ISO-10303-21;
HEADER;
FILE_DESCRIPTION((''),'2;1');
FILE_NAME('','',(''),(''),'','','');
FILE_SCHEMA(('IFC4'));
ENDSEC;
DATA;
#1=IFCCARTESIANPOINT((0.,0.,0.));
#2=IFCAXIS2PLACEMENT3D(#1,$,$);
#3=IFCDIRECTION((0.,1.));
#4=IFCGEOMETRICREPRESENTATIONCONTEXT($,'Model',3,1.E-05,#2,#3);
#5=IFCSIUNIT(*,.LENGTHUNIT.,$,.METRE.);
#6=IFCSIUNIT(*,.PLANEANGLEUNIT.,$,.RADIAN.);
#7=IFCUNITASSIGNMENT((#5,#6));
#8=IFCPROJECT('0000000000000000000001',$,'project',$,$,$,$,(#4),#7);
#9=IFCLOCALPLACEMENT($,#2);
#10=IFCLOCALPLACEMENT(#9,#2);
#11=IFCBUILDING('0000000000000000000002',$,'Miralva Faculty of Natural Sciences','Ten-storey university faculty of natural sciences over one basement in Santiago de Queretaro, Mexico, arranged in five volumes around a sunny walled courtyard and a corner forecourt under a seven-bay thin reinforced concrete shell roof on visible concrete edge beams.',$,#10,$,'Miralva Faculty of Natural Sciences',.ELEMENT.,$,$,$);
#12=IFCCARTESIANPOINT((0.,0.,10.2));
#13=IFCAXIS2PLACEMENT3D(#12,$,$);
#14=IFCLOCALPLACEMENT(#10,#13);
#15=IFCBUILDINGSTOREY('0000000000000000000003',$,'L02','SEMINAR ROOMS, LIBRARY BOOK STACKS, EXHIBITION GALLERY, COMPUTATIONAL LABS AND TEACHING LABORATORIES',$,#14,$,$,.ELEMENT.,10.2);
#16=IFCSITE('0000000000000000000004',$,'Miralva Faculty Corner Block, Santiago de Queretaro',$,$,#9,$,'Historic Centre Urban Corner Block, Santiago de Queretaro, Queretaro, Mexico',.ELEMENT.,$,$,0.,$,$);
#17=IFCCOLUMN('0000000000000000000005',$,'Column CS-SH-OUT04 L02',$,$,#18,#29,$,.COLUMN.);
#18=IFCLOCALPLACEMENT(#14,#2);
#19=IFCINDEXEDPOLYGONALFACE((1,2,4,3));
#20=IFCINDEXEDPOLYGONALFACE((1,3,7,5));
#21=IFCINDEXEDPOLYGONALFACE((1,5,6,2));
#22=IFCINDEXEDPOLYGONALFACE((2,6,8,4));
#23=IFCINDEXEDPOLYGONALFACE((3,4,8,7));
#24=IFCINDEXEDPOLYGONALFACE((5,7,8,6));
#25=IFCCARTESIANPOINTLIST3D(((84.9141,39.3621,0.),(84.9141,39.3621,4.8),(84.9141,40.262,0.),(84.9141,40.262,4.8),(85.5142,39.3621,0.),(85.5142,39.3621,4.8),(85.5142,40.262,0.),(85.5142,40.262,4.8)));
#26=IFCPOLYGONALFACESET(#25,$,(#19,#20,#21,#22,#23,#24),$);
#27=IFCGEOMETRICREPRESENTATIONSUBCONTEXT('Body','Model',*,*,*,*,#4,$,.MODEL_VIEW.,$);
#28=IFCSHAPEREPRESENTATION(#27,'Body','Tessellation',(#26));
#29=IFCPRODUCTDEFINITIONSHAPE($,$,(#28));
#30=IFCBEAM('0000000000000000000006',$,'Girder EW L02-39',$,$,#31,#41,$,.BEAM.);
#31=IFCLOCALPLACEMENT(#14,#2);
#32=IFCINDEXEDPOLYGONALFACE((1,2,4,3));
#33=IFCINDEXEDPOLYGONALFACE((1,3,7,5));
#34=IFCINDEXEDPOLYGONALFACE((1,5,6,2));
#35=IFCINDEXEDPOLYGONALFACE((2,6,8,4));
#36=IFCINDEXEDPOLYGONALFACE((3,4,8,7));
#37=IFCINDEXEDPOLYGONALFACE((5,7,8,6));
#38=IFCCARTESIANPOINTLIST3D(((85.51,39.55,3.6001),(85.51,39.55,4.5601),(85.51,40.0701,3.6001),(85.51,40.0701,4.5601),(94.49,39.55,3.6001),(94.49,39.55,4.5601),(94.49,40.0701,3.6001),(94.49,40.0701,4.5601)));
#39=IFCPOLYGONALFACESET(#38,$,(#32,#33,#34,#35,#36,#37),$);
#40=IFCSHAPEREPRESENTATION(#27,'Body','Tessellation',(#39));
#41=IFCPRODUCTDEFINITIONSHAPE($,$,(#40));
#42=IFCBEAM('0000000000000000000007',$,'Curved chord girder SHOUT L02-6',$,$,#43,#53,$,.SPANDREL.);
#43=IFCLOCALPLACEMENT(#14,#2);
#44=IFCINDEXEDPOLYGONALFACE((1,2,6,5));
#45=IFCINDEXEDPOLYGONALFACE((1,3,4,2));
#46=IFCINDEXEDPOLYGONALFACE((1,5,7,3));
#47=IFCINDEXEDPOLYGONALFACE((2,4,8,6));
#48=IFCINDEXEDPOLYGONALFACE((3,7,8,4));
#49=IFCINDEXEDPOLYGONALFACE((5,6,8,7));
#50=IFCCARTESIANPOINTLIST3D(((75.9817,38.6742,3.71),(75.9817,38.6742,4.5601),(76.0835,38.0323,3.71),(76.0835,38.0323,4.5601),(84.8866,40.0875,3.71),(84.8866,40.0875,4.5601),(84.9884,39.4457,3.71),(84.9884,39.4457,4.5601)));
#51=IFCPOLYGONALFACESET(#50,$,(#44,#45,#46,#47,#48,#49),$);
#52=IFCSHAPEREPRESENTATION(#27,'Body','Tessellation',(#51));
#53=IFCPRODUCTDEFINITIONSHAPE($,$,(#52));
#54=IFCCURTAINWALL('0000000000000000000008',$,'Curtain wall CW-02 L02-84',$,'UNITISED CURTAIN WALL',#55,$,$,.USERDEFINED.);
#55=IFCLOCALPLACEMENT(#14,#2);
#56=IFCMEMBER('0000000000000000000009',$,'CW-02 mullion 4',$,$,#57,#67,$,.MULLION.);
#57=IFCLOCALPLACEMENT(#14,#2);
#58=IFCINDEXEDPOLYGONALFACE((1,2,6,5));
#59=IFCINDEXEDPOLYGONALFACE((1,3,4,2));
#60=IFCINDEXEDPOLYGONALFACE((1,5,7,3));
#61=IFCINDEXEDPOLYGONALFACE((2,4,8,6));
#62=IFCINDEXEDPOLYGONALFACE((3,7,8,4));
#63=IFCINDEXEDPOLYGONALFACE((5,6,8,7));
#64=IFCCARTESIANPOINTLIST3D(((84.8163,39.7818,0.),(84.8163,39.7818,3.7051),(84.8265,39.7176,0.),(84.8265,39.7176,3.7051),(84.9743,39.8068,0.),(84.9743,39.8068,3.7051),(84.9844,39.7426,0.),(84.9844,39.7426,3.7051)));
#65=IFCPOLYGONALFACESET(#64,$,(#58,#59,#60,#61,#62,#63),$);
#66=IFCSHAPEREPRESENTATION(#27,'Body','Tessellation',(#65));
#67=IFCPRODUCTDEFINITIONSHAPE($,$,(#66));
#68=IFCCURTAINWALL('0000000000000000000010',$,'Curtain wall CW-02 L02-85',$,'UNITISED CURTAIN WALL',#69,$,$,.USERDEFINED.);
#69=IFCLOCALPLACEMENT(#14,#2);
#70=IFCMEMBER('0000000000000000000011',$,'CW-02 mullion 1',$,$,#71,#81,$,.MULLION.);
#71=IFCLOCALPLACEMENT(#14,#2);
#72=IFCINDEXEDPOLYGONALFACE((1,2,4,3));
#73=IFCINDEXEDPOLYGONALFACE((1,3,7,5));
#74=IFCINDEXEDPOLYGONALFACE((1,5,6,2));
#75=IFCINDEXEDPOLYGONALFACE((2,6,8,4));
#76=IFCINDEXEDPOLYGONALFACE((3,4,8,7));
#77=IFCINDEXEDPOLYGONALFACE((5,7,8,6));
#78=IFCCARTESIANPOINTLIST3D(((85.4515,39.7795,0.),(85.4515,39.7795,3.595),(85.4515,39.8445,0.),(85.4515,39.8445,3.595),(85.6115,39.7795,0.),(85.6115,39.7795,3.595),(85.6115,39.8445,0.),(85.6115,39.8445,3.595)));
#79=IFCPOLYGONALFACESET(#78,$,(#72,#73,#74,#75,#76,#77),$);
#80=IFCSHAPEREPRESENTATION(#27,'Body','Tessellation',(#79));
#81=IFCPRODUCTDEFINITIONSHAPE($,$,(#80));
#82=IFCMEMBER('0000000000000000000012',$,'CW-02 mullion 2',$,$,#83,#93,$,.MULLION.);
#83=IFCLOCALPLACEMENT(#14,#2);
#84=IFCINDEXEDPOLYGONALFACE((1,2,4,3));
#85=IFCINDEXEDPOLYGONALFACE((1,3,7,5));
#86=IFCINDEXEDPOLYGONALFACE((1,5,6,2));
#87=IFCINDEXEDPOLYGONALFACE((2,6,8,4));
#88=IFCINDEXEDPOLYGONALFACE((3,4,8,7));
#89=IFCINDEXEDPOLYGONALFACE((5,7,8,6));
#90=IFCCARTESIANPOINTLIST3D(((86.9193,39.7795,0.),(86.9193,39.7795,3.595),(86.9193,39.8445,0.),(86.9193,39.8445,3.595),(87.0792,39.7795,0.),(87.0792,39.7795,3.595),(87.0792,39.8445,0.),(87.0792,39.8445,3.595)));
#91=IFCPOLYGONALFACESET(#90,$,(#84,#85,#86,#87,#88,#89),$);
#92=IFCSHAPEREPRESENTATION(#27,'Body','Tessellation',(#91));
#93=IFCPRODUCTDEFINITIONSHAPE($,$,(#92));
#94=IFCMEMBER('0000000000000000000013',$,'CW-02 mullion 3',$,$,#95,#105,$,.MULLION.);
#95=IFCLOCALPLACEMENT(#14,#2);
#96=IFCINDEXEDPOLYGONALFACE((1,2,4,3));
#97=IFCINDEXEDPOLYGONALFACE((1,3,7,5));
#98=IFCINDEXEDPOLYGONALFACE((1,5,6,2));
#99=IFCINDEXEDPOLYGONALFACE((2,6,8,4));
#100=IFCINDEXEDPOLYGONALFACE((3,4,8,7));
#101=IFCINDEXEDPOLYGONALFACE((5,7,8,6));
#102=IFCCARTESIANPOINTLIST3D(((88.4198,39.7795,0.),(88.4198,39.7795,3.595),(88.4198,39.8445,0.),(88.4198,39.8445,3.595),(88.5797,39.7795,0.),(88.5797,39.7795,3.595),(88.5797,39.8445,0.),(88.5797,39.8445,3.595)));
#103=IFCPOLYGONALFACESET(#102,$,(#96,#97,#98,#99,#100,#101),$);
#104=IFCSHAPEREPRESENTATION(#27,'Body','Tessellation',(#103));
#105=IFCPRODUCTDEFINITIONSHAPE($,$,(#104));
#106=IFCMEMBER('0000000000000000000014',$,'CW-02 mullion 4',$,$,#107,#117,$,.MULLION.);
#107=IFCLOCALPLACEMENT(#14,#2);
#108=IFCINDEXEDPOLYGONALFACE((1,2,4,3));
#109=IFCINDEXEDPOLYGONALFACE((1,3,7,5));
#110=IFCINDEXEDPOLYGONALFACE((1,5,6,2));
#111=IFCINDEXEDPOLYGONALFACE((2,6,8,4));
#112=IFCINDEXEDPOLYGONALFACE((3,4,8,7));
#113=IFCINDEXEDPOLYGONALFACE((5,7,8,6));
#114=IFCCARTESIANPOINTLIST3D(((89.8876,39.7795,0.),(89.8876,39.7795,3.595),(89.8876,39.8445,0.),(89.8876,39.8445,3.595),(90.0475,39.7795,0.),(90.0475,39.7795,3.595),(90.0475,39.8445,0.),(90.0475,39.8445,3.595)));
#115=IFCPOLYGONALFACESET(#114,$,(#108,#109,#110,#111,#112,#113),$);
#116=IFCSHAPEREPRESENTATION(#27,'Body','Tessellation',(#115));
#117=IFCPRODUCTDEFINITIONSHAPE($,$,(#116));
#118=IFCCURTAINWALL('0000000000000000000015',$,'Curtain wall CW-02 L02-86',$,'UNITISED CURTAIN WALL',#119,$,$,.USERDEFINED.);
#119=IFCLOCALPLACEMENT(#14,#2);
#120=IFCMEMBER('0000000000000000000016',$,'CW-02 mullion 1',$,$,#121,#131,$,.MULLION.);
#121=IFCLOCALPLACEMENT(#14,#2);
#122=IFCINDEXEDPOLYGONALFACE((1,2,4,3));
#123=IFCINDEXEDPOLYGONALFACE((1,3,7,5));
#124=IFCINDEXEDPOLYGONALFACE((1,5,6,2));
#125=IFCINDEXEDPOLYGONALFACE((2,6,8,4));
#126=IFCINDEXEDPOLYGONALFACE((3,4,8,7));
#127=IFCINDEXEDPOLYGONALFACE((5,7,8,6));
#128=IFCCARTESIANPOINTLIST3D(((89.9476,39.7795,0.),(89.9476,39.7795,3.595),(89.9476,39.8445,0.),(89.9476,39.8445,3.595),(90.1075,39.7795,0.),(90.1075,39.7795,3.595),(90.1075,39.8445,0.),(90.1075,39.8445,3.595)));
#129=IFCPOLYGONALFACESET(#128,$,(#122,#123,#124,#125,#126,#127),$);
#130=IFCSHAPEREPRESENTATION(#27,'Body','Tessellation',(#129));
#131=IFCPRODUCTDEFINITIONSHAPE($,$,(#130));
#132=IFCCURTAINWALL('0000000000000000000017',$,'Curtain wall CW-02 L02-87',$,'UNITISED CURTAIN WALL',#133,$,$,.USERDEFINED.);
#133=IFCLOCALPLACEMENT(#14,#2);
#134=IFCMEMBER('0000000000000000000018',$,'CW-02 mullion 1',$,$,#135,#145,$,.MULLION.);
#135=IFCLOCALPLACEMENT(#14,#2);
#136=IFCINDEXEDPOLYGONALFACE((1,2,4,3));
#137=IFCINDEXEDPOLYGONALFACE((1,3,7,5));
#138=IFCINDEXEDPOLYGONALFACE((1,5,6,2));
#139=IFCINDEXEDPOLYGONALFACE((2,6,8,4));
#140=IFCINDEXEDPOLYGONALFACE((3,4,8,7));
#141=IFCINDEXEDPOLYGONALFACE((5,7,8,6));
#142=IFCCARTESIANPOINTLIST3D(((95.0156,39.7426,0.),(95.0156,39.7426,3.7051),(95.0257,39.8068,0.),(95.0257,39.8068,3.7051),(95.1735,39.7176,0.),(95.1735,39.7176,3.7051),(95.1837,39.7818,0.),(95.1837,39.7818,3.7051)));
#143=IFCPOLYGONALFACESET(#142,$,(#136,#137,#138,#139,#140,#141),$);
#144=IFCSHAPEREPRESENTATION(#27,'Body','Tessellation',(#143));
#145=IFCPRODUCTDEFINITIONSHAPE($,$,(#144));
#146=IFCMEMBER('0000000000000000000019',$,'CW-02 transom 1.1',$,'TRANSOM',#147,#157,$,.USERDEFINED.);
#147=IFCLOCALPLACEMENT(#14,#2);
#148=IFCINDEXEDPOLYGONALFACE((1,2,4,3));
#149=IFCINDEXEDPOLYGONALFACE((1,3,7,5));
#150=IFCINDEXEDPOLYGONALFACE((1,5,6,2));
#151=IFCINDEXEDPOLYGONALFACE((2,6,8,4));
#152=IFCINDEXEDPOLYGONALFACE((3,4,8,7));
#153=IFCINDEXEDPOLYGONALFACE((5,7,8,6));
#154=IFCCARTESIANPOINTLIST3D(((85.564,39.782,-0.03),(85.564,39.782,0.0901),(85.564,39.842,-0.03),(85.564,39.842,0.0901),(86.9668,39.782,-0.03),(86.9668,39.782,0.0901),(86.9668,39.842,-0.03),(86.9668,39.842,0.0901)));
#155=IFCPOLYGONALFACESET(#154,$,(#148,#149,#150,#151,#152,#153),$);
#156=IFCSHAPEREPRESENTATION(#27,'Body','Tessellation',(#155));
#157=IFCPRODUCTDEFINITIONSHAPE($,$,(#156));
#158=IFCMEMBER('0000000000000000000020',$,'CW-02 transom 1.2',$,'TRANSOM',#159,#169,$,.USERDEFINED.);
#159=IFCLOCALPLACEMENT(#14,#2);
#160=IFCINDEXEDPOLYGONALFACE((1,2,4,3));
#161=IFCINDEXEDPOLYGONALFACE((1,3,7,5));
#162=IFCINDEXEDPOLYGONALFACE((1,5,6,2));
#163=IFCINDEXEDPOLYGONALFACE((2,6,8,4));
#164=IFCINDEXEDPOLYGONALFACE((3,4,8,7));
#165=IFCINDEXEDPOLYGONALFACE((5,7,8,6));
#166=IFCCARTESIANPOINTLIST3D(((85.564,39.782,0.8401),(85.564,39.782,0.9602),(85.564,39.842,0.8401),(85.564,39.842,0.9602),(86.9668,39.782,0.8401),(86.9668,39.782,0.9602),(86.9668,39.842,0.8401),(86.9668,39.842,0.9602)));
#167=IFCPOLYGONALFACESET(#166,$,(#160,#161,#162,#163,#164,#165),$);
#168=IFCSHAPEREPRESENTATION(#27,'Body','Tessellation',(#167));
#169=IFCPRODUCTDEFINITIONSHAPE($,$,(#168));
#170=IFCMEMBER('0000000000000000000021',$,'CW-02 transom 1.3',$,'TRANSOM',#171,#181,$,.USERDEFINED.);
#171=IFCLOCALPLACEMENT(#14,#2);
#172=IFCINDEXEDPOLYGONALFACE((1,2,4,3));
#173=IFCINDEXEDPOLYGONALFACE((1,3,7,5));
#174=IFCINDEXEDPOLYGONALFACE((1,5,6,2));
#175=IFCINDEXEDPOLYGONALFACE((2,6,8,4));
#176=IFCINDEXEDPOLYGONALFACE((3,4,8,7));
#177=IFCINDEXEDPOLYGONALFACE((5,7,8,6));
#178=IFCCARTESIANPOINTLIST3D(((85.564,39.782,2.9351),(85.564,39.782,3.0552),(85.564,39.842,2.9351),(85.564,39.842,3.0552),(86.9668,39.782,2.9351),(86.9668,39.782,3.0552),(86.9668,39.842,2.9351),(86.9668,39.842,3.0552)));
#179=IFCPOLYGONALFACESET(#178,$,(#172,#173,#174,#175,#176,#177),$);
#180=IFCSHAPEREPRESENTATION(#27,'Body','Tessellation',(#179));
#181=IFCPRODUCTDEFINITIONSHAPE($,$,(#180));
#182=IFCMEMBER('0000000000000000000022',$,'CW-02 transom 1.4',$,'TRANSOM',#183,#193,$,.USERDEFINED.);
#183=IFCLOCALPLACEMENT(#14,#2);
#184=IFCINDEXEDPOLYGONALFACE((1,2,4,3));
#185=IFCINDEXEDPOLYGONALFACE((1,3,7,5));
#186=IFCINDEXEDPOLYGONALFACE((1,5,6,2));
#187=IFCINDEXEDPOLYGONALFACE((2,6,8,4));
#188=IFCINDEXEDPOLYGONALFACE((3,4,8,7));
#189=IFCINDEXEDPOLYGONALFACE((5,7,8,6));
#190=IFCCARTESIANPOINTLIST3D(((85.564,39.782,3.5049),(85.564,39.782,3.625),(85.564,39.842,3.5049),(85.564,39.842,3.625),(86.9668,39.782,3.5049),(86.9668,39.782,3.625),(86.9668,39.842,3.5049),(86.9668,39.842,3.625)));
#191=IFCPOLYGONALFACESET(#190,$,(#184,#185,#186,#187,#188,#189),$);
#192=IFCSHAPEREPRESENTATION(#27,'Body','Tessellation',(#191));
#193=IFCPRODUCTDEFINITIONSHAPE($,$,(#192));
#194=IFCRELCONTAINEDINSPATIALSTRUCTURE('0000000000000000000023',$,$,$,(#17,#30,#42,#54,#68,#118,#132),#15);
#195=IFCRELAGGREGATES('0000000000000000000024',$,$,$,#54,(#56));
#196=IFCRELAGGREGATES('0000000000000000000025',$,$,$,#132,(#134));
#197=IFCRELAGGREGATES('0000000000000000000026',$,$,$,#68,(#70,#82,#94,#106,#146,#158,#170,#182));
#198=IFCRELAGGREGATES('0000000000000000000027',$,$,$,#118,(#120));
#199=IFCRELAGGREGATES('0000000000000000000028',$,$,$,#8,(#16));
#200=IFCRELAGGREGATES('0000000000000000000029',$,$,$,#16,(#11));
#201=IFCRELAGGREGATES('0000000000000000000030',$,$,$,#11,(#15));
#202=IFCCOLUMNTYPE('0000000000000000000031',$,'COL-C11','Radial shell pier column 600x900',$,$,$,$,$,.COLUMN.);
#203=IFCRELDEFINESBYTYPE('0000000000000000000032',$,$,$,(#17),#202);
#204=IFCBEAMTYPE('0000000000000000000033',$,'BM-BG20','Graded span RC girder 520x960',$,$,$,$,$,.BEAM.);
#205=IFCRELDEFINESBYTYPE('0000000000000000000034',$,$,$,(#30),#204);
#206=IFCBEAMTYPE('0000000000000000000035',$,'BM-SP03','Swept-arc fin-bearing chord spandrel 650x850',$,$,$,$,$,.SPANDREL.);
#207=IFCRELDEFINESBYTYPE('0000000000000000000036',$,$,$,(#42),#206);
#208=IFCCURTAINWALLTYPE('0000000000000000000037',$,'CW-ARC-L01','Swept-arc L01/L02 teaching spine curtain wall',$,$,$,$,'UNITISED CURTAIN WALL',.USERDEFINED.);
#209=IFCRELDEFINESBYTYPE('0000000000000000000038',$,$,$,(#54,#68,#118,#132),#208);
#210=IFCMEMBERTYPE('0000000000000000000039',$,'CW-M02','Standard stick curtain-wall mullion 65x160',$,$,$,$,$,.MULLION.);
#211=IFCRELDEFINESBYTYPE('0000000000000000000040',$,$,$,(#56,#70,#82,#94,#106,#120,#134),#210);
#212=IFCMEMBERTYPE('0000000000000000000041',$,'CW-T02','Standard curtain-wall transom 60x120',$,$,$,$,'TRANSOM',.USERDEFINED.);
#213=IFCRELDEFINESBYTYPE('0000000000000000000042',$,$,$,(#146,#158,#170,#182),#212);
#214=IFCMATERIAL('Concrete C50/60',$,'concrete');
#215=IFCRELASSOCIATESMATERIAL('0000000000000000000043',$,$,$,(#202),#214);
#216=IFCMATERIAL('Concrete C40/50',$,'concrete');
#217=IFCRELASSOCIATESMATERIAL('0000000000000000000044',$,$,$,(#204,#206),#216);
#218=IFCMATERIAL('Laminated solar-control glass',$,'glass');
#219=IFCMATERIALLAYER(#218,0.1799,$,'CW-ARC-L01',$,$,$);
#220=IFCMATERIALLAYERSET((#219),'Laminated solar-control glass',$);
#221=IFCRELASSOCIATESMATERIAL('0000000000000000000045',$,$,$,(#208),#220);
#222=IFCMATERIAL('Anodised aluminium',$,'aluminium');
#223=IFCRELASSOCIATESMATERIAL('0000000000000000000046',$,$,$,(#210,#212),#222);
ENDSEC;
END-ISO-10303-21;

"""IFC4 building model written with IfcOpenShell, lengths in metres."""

from ifc_helpers import new_model, si_unit, direction, frame, origin, origin_2d, place, context, subcontext, project, spatial, rectangle, extrude, material, layer, layer_set, material_profile, profile_set, type_object, element, aggregate, save


model = new_model("IFC4")

# Units and contexts
model_context = context("Model", 3, precision=1e-05, world=origin(), true_north=direction((0.0, 1.0)))
body_context = subcontext(model_context, "Body", "Model", "MODEL_VIEW")
ifc_project = project(units=[si_unit("LENGTHUNIT", "METRE"), si_unit("PLANEANGLEUNIT", "RADIAN")], contexts=[model_context])

# Site, building, storey
site_placement = place(None, origin())
site = spatial("IfcSite", under=ifc_project, at=site_placement, Name="Miralva Faculty Corner Block, Santiago de Queretaro", LongName="Historic Centre Urban Corner Block, Santiago de Queretaro, Queretaro, Mexico", CompositionType="ELEMENT", RefElevation=0.0)
building_placement = place(site_placement, origin())
building = spatial("IfcBuilding", under=site, at=building_placement, Name="Miralva Faculty of Natural Sciences", Description="Ten-storey university faculty of natural sciences over one basement in Santiago de Queretaro, Mexico, arranged in five volumes around a sunny walled courtyard and a corner forecourt under a seven-bay thin reinforced concrete shell roof on visible concrete edge beams.", LongName="Miralva Faculty of Natural Sciences", CompositionType="ELEMENT")
storey_placement = place(building_placement, frame((0.0, 0.0, 10.2)))
storey = spatial("IfcBuildingStorey", under=building, at=storey_placement, Name="L02", Description="SEMINAR ROOMS, LIBRARY BOOK STACKS, EXHIBITION GALLERY, COMPUTATIONAL LABS AND TEACHING LABORATORIES", CompositionType="ELEMENT", Elevation=10.2)

# Column
ifc_material_1 = material(Name="Concrete C50/60", Category="concrete")
ifc_material_profile_1 = material_profile(ifc_material_1, rectangle(XDim=0.6001, YDim=0.8999, at=origin_2d()), Name="RC 600x900")
ifc_profile_set_1 = profile_set([ifc_material_profile_1], Name="Concrete C50/60")
column_type = type_object("IfcColumnType", Name="COL-C11", Description="Radial shell pier column 600x900", PredefinedType="COLUMN", material=ifc_profile_set_1)
column_placement = place(storey_placement, frame((85.2141, 39.812, 0.0), z_axis=(0.0, 0.0, 1.0), x_axis=(1.0, 0.0, 0.0)))
element("IfcColumn", 1, at=column_placement, inside=storey, type_object=column_type, Name="Column CS-SH-OUT04 L02", PredefinedType="COLUMN", context=body_context, shape_type="SweptSolid", body=[
    extrude(rectangle(XDim=0.6001, YDim=0.8999, at=origin_2d()), origin(), (0.0, 0.0, 1.0), 4.8),
])

# Beams
ifc_material_2 = material(Name="Concrete C40/50", Category="concrete")
ifc_material_profile_2 = material_profile(ifc_material_2, rectangle(XDim=0.52, YDim=0.96, at=origin_2d()), Name="RC 520x960")
ifc_profile_set_2 = profile_set([ifc_material_profile_2], Name="Concrete C40/50")
beam_type_1 = type_object("IfcBeamType", Name="BM-BG20", Description="Graded span RC girder 520x960", PredefinedType="BEAM", material=ifc_profile_set_2)
beam_1_placement = place(storey_placement, frame((85.51, 39.8101, 4.0801), z_axis=(1.0, 0.0, 0.0), x_axis=(0.0, 1.0, 0.0)))
element("IfcBeam", 2, at=beam_1_placement, inside=storey, type_object=beam_type_1, Name="Girder EW L02-39", PredefinedType="BEAM", context=body_context, shape_type="SweptSolid", body=[
    extrude(rectangle(XDim=0.52, YDim=0.96, at=origin_2d()), origin(), (0.0, 0.0, 1.0), 8.98),
])
ifc_material_profile_3 = material_profile(ifc_material_2, rectangle(XDim=0.6499, YDim=0.8501, at=origin_2d()), Name="RC 650x850")
ifc_profile_set_3 = profile_set([ifc_material_profile_3], Name="Concrete C40/50")
beam_type_2 = type_object("IfcBeamType", Name="BM-SP03", Description="Swept-arc fin-bearing chord spandrel 650x850", PredefinedType="SPANDREL", material=ifc_profile_set_3)
beam_2_placement = place(storey_placement, frame((84.9375, 39.7666, 4.135), z_axis=(-0.987638, -0.156754, 0.0), x_axis=(0.156754, -0.987638, 0.0)))
element("IfcBeam", 3, at=beam_2_placement, inside=storey, type_object=beam_type_2, Name="Curved chord girder SHOUT L02-6", PredefinedType="SPANDREL", context=body_context, shape_type="SweptSolid", body=[
    extrude(rectangle(XDim=0.6499, YDim=0.8501, at=origin_2d()), origin(), (0.0, 0.0, 1.0), 9.0164),
])

# Curtain wall, member
ifc_material_3 = material(Name="Laminated solar-control glass", Category="glass")
ifc_layer_1 = layer(ifc_material_3, 0.1799, Name="CW-ARC-L01")
ifc_layer_set_1 = layer_set([ifc_layer_1], Name="Laminated solar-control glass")
curtain_wall_type = type_object("IfcCurtainWallType", Name="CW-ARC-L01", Description="Swept-arc L01/L02 teaching spine curtain wall", ElementType="UNITISED CURTAIN WALL", PredefinedType="USERDEFINED", material=ifc_layer_set_1)
curtain_wall_1_placement = place(storey_placement, origin())
curtain_wall_1 = element("IfcCurtainWall", 4, at=curtain_wall_1_placement, inside=storey, type_object=curtain_wall_type, Name="Curtain wall CW-02 L02-84", ObjectType="UNITISED CURTAIN WALL", PredefinedType="USERDEFINED")
ifc_material_4 = material(Name="Anodised aluminium", Category="aluminium")
ifc_material_profile_4 = material_profile(ifc_material_4, rectangle(XDim=0.0649, YDim=0.1599, at=origin_2d()), Name="MULLION 65x160")
ifc_profile_set_4 = profile_set([ifc_material_profile_4], Name="Anodised aluminium")
member_type_1 = type_object("IfcMemberType", Name="CW-M02", Description="Standard stick curtain-wall mullion 65x160", PredefinedType="MULLION", material=ifc_profile_set_4)
member_1_placement = place(storey_placement, frame((84.9004, 39.7622, 0.0), z_axis=(0.0, 0.0, 1.0), x_axis=(-0.156415, 0.987691, 0.0)))
member_1 = element("IfcMember", 5, at=member_1_placement, type_object=member_type_1, Name="CW-02 mullion 4", PredefinedType="MULLION", context=body_context, shape_type="SweptSolid", body=[
    extrude(rectangle(XDim=0.0649, YDim=0.1599, at=origin_2d()), origin(), (0.0, 0.0, 1.0), 3.7051),
])
aggregate(curtain_wall_1, [member_1])

# Curtain wall, members
curtain_wall_2_placement = place(storey_placement, origin())
curtain_wall_2 = element("IfcCurtainWall", 6, at=curtain_wall_2_placement, inside=storey, type_object=curtain_wall_type, Name="Curtain wall CW-02 L02-85", ObjectType="UNITISED CURTAIN WALL", PredefinedType="USERDEFINED")
member_2_placement = place(storey_placement, frame((85.5315, 39.812, 0.0), z_axis=(0.0, 0.0, 1.0), x_axis=(0.0, 1.0, 0.0)))
member_2 = element("IfcMember", 7, at=member_2_placement, type_object=member_type_1, Name="CW-02 mullion 1", PredefinedType="MULLION", context=body_context, shape_type="SweptSolid", body=[
    extrude(rectangle(XDim=0.0649, YDim=0.1599, at=origin_2d()), origin(), (0.0, 0.0, 1.0), 3.595),
])
member_3_placement = place(storey_placement, frame((86.9993, 39.812, 0.0), z_axis=(0.0, 0.0, 1.0), x_axis=(0.0, 1.0, 0.0)))
member_3 = element("IfcMember", 8, at=member_3_placement, type_object=member_type_1, Name="CW-02 mullion 2", PredefinedType="MULLION", context=body_context, shape_type="SweptSolid", body=[
    extrude(rectangle(XDim=0.0649, YDim=0.1599, at=origin_2d()), origin(), (0.0, 0.0, 1.0), 3.595),
])
member_4_placement = place(storey_placement, frame((88.4998, 39.812, 0.0), z_axis=(0.0, 0.0, 1.0), x_axis=(0.0, 1.0, 0.0)))
member_4 = element("IfcMember", 9, at=member_4_placement, type_object=member_type_1, Name="CW-02 mullion 3", PredefinedType="MULLION", context=body_context, shape_type="SweptSolid", body=[
    extrude(rectangle(XDim=0.0649, YDim=0.1599, at=origin_2d()), origin(), (0.0, 0.0, 1.0), 3.595),
])
member_5_placement = place(storey_placement, frame((89.9675, 39.812, 0.0), z_axis=(0.0, 0.0, 1.0), x_axis=(0.0, 1.0, 0.0)))
member_5 = element("IfcMember", 10, at=member_5_placement, type_object=member_type_1, Name="CW-02 mullion 4", PredefinedType="MULLION", context=body_context, shape_type="SweptSolid", body=[
    extrude(rectangle(XDim=0.0649, YDim=0.1599, at=origin_2d()), origin(), (0.0, 0.0, 1.0), 3.595),
])

# Curtain walls, members
curtain_wall_3_placement = place(storey_placement, origin())
curtain_wall_3 = element("IfcCurtainWall", 11, at=curtain_wall_3_placement, inside=storey, type_object=curtain_wall_type, Name="Curtain wall CW-02 L02-86", ObjectType="UNITISED CURTAIN WALL", PredefinedType="USERDEFINED")
member_6_placement = place(storey_placement, frame((90.0276, 39.812, 0.0), z_axis=(0.0, 0.0, 1.0), x_axis=(0.0, 1.0, 0.0)))
member_6 = element("IfcMember", 12, at=member_6_placement, type_object=member_type_1, Name="CW-02 mullion 1", PredefinedType="MULLION", context=body_context, shape_type="SweptSolid", body=[
    extrude(rectangle(XDim=0.0649, YDim=0.1599, at=origin_2d()), origin(), (0.0, 0.0, 1.0), 3.595),
])
curtain_wall_4_placement = place(storey_placement, origin())
curtain_wall_4 = element("IfcCurtainWall", 13, at=curtain_wall_4_placement, inside=storey, type_object=curtain_wall_type, Name="Curtain wall CW-02 L02-87", ObjectType="UNITISED CURTAIN WALL", PredefinedType="USERDEFINED")
member_7_placement = place(storey_placement, frame((95.0996, 39.7622, 0.0), z_axis=(0.0, 0.0, 1.0), x_axis=(0.15641, 0.987692, 0.0)))
member_7 = element("IfcMember", 14, at=member_7_placement, type_object=member_type_1, Name="CW-02 mullion 1", PredefinedType="MULLION", context=body_context, shape_type="SweptSolid", body=[
    extrude(rectangle(XDim=0.0649, YDim=0.1599, at=origin_2d()), origin(), (0.0, 0.0, 1.0), 3.7051),
])

# Members
ifc_material_profile_5 = material_profile(ifc_material_4, rectangle(XDim=0.0601, YDim=0.1201, at=origin_2d()), Name="TRANSOM 60x120")
ifc_profile_set_5 = profile_set([ifc_material_profile_5], Name="Anodised aluminium")
member_type_2 = type_object("IfcMemberType", Name="CW-T02", Description="Standard curtain-wall transom 60x120", ElementType="TRANSOM", PredefinedType="USERDEFINED", material=ifc_profile_set_5)
member_8_placement = place(storey_placement, frame((85.564, 39.812, 0.03), z_axis=(1.0, 0.0, 0.0), x_axis=(0.0, 1.0, 0.0)))
member_8 = element("IfcMember", 15, at=member_8_placement, type_object=member_type_2, Name="CW-02 transom 1.1", ObjectType="TRANSOM", PredefinedType="USERDEFINED", context=body_context, shape_type="SweptSolid", body=[
    extrude(rectangle(XDim=0.0601, YDim=0.1201, at=origin_2d()), origin(), (0.0, 0.0, 1.0), 1.4028),
])
member_9_placement = place(storey_placement, frame((85.564, 39.812, 0.9001), z_axis=(1.0, 0.0, 0.0), x_axis=(0.0, 1.0, 0.0)))
member_9 = element("IfcMember", 16, at=member_9_placement, type_object=member_type_2, Name="CW-02 transom 1.2", ObjectType="TRANSOM", PredefinedType="USERDEFINED", context=body_context, shape_type="SweptSolid", body=[
    extrude(rectangle(XDim=0.0601, YDim=0.1201, at=origin_2d()), origin(), (0.0, 0.0, 1.0), 1.4028),
])
member_10_placement = place(storey_placement, frame((85.564, 39.812, 2.9951), z_axis=(1.0, 0.0, 0.0), x_axis=(0.0, 1.0, 0.0)))
member_10 = element("IfcMember", 17, at=member_10_placement, type_object=member_type_2, Name="CW-02 transom 1.3", ObjectType="TRANSOM", PredefinedType="USERDEFINED", context=body_context, shape_type="SweptSolid", body=[
    extrude(rectangle(XDim=0.0601, YDim=0.1201, at=origin_2d()), origin(), (0.0, 0.0, 1.0), 1.4028),
])
member_11_placement = place(storey_placement, frame((85.564, 39.812, 3.5649), z_axis=(1.0, 0.0, 0.0), x_axis=(0.0, 1.0, 0.0)))
member_11 = element("IfcMember", 18, at=member_11_placement, type_object=member_type_2, Name="CW-02 transom 1.4", ObjectType="TRANSOM", PredefinedType="USERDEFINED", context=body_context, shape_type="SweptSolid", body=[
    extrude(rectangle(XDim=0.0601, YDim=0.1201, at=origin_2d()), origin(), (0.0, 0.0, 1.0), 1.4028),
])
aggregate(curtain_wall_4, [member_7])

aggregate(curtain_wall_2, [member_2, member_3, member_4, member_5, member_8, member_9, member_10, member_11])
aggregate(curtain_wall_3, [member_6])

save(model, "model.ifc")
